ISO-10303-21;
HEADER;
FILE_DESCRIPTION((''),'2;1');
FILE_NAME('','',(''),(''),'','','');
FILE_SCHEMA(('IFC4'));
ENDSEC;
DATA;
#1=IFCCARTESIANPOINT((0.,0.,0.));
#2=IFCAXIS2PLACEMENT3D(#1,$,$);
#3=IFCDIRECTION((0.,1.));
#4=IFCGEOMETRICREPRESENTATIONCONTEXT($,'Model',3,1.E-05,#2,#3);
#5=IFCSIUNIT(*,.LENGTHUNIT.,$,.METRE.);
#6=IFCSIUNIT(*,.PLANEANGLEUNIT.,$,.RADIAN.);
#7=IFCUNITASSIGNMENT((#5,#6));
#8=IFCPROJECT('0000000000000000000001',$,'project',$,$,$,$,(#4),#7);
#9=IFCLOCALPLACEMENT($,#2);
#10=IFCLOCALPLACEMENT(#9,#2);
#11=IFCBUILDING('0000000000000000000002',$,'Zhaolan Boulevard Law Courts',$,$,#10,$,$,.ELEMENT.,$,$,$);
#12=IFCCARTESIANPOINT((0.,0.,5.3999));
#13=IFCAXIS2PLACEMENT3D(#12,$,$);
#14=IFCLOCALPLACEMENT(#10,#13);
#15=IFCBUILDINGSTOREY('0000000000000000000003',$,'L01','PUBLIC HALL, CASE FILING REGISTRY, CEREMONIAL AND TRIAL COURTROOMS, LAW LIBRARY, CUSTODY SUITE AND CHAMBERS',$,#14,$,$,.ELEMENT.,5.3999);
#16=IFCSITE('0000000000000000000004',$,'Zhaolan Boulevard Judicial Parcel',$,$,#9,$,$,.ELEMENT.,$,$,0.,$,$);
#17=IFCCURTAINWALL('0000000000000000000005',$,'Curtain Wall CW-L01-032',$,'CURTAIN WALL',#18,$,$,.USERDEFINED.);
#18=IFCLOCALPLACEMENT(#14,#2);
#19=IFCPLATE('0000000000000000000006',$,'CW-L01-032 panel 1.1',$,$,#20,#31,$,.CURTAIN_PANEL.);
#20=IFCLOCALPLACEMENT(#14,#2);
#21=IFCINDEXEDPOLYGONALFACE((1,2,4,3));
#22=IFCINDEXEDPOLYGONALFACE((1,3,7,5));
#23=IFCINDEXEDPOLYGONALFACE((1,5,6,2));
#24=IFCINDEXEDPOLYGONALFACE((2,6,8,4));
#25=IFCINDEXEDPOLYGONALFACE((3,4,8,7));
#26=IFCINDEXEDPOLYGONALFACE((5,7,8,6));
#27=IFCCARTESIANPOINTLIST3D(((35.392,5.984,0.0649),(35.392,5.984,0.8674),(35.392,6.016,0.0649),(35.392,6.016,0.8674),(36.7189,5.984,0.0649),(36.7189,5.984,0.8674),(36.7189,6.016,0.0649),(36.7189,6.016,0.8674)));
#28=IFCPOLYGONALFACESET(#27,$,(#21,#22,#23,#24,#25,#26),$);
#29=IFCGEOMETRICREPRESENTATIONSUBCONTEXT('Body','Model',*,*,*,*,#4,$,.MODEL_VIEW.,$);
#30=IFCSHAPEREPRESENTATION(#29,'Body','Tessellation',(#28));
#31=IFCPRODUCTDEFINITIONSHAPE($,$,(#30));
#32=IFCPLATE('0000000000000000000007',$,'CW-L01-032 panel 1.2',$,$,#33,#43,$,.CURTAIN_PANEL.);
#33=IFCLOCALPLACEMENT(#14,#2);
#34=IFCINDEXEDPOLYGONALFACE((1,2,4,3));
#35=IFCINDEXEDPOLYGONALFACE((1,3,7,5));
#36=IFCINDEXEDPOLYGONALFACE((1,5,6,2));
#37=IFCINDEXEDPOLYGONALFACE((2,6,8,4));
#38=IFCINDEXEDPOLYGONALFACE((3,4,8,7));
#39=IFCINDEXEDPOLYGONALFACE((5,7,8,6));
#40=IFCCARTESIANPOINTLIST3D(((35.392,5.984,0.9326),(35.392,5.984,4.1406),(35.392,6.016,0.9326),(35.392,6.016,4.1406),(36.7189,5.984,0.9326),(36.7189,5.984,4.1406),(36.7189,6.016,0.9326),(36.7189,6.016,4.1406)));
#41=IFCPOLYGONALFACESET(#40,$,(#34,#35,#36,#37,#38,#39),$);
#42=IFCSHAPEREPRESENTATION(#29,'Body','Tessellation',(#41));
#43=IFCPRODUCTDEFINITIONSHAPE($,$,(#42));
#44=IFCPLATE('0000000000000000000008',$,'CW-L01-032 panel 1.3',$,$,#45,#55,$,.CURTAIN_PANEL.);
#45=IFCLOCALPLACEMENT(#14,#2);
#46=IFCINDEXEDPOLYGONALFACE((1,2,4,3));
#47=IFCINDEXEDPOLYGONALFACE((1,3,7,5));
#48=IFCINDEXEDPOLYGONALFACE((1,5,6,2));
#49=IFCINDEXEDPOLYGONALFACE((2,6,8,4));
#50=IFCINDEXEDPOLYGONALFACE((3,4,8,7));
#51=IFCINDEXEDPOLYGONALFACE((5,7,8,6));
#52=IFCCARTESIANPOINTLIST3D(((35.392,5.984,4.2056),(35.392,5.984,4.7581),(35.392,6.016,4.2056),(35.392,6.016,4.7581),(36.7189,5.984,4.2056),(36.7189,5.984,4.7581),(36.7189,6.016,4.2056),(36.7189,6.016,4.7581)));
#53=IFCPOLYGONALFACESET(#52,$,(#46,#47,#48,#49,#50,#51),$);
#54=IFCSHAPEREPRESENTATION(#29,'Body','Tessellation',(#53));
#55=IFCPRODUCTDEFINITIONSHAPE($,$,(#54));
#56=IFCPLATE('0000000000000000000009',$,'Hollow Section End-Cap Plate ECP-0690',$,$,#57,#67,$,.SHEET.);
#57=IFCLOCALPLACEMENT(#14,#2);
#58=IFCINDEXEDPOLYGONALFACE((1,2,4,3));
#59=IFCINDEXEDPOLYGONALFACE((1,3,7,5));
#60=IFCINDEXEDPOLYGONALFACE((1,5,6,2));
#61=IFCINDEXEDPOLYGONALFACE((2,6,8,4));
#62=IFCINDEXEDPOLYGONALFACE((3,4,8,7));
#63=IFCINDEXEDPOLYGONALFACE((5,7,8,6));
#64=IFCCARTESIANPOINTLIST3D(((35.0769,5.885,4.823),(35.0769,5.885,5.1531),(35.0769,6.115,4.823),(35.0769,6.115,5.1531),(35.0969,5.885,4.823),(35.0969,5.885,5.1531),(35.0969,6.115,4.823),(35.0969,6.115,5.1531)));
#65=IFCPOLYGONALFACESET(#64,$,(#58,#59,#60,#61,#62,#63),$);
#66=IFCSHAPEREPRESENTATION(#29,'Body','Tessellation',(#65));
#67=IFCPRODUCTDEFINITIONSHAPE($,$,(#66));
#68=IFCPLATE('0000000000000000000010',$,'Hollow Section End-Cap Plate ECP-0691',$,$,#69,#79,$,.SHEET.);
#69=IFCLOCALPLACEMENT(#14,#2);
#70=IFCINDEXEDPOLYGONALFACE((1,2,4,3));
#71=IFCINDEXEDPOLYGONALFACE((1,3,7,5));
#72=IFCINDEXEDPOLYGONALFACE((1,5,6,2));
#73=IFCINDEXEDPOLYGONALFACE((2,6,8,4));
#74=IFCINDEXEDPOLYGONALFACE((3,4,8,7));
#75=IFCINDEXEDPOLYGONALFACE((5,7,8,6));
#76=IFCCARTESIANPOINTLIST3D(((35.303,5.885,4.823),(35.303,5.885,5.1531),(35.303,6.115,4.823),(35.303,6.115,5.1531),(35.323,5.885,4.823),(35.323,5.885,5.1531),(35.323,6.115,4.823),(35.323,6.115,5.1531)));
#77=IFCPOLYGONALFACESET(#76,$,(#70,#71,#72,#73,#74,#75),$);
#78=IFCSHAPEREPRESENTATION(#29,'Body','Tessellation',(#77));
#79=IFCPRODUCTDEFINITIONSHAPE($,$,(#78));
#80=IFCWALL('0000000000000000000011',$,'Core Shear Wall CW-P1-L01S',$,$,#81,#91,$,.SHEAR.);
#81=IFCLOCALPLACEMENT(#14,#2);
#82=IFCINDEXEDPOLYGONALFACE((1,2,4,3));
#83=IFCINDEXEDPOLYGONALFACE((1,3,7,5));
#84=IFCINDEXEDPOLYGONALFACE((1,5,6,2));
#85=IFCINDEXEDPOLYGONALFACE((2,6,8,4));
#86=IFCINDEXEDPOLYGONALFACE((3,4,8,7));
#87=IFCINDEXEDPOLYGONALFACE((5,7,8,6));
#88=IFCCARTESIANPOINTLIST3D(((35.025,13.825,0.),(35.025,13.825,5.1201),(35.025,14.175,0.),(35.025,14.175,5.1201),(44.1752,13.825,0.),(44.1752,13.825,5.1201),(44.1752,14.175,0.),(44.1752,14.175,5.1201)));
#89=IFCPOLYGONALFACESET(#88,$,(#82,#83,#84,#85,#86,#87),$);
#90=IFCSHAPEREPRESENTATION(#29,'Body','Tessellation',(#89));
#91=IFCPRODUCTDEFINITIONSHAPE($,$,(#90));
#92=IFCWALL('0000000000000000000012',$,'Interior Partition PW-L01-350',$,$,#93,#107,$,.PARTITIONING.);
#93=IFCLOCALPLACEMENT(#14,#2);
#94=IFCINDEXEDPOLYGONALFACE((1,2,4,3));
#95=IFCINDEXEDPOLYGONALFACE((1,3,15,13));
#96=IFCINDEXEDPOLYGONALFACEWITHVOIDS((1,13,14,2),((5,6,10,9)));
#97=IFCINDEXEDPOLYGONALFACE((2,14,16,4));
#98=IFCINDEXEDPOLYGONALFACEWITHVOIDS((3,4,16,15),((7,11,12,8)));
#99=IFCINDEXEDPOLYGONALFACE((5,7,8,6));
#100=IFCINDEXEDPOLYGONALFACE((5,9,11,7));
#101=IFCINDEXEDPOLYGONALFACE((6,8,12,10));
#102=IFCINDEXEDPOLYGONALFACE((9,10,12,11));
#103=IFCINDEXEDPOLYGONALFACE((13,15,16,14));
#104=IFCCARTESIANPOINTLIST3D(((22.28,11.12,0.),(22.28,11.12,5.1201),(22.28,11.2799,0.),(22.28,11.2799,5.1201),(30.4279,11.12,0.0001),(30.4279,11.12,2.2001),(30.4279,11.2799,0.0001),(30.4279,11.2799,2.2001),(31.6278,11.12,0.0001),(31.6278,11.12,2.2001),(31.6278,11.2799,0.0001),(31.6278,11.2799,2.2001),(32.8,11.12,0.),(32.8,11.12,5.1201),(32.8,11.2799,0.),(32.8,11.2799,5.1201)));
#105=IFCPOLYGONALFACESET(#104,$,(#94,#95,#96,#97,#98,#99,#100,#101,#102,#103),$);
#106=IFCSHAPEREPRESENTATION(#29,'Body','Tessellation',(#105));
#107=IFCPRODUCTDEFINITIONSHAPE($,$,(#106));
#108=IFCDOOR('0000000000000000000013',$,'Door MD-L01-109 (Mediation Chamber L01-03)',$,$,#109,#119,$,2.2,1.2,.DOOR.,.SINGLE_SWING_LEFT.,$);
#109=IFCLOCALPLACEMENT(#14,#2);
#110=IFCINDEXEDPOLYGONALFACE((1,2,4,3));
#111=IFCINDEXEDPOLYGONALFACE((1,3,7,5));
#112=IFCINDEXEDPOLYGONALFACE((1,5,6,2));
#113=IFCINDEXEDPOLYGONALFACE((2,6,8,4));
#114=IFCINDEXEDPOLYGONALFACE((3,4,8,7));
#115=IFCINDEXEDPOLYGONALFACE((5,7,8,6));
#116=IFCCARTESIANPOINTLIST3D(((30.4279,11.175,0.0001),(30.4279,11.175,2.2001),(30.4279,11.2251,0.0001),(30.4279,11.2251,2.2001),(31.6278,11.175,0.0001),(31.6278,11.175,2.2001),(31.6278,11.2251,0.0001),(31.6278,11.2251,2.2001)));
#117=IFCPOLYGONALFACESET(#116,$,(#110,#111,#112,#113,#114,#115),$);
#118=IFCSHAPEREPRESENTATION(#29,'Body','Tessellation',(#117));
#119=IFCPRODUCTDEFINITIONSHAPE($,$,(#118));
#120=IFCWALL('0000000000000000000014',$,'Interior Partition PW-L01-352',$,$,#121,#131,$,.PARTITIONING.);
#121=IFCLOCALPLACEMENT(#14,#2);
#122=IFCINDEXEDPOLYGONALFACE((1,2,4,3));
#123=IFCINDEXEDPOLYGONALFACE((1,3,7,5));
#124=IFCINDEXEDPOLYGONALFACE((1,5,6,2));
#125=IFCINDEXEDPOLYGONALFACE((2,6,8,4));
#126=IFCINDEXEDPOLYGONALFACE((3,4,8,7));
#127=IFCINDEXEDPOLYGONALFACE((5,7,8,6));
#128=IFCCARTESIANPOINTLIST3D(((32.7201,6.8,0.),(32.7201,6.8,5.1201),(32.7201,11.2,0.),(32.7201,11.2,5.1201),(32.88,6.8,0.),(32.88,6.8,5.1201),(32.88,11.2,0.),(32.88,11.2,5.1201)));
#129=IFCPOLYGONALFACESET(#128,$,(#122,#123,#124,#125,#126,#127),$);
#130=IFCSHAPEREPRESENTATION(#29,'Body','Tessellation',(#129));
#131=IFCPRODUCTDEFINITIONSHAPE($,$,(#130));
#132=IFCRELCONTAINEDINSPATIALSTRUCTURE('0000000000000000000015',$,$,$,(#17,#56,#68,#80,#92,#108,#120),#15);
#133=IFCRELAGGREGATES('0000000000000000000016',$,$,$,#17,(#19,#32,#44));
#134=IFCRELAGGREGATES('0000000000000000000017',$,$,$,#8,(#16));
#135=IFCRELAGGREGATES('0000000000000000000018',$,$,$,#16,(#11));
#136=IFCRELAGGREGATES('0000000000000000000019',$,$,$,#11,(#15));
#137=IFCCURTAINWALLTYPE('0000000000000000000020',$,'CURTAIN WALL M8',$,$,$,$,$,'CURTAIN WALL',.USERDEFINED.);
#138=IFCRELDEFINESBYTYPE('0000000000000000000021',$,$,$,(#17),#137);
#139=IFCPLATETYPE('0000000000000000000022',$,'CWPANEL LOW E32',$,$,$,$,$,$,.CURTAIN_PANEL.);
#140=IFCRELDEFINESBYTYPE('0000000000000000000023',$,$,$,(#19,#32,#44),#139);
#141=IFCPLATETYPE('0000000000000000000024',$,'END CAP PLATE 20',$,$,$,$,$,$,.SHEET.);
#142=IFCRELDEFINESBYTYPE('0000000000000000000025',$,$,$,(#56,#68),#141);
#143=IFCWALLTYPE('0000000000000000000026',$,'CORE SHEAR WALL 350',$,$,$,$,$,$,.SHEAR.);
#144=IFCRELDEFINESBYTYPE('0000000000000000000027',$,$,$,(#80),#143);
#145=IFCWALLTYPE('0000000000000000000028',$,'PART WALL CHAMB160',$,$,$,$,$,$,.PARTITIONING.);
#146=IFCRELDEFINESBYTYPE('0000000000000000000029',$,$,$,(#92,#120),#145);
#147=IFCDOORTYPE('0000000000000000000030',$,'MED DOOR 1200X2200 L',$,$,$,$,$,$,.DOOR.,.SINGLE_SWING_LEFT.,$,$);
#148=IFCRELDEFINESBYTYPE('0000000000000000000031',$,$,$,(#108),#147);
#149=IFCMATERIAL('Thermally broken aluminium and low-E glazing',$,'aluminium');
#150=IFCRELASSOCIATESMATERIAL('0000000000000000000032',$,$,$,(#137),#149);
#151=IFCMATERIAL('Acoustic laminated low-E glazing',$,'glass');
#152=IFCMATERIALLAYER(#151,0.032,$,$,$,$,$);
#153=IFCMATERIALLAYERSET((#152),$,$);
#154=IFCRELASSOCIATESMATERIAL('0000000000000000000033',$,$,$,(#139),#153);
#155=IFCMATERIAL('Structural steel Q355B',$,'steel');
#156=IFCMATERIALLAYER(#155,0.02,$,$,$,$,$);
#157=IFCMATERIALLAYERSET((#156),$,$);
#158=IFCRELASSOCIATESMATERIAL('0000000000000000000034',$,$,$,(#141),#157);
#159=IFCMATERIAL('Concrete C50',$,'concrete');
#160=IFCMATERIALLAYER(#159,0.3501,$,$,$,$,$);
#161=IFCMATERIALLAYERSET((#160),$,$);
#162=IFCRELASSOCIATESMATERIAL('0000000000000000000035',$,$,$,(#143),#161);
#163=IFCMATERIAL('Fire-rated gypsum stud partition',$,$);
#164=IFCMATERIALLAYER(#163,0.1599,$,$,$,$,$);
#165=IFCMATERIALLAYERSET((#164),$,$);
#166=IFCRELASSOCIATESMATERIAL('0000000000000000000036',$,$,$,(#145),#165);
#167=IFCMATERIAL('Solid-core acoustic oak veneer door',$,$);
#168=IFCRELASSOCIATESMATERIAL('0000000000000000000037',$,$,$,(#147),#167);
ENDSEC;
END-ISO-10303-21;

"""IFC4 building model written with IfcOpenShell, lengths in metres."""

from ifc_helpers import new_model, si_unit, direction, frame, frame_2d, origin, origin_2d, place, context, subcontext, project, spatial, rectangle, extrude, material, layer, layer_set, type_object, element, fill, aggregate, save


model = new_model("IFC4")

# Units and contexts
model_context = context("Model", 3, precision=1e-05, world=origin(), true_north=direction((0.0, 1.0)))
body_context = subcontext(model_context, "Body", "Model", "MODEL_VIEW")
ifc_project = project(units=[si_unit("LENGTHUNIT", "METRE"), si_unit("PLANEANGLEUNIT", "RADIAN")], contexts=[model_context])

# Site, building, storey
site_placement = place(None, origin())
site = spatial("IfcSite", under=ifc_project, at=site_placement, Name="Zhaolan Boulevard Judicial Parcel", CompositionType="ELEMENT", RefElevation=0.0)
building_placement = place(site_placement, origin())
building = spatial("IfcBuilding", under=site, at=building_placement, Name="Zhaolan Boulevard Law Courts", CompositionType="ELEMENT")
storey_placement = place(building_placement, frame((0.0, 0.0, 5.3999)))
storey = spatial("IfcBuildingStorey", under=building, at=storey_placement, Name="L01", Description="PUBLIC HALL, CASE FILING REGISTRY, CEREMONIAL AND TRIAL COURTROOMS, LAW LIBRARY, CUSTODY SUITE AND CHAMBERS", CompositionType="ELEMENT", Elevation=5.3999)

# Curtain wall
ifc_material_1 = material(Name="Thermally broken aluminium and low-E glazing", Category="aluminium")
curtain_wall_type_1 = type_object("IfcCurtainWallType", Name="CURTAIN WALL M8", ElementType="CURTAIN WALL", PredefinedType="USERDEFINED", material=ifc_material_1)
curtain_wall_1_placement = place(storey_placement, origin())
curtain_wall_1 = element("IfcCurtainWall", 1, at=curtain_wall_1_placement, inside=storey, type_object=curtain_wall_type_1, Name="Curtain Wall CW-L01-032", ObjectType="CURTAIN WALL", PredefinedType="USERDEFINED")

# Plates
ifc_material_2 = material(Name="Acoustic laminated low-E glazing", Category="glass")
ifc_layer_1 = layer(ifc_material_2, 0.032)
ifc_layer_set_1 = layer_set([ifc_layer_1])
plate_type_1 = type_object("IfcPlateType", Name="CWPANEL LOW E32", PredefinedType="CURTAIN_PANEL", material=ifc_layer_set_1)
plate_1_placement = place(storey_placement, frame((36.0554, 6.0, 0.0649), z_axis=(0.0, 0.0, 1.0), x_axis=(1.0, 0.0, 0.0)))
plate_1 = element("IfcPlate", 2, at=plate_1_placement, type_object=plate_type_1, Name="CW-L01-032 panel 1.1", PredefinedType="CURTAIN_PANEL", context=body_context, shape_type="SweptSolid", body=[
    extrude(rectangle(XDim=1.3269, YDim=0.032, at=origin_2d()), origin(), (0.0, 0.0, 1.0), 0.8025),
])
plate_2_placement = place(storey_placement, frame((36.0554, 6.0, 0.9326), z_axis=(0.0, 0.0, 1.0), x_axis=(1.0, 0.0, 0.0)))
plate_2 = element("IfcPlate", 3, at=plate_2_placement, type_object=plate_type_1, Name="CW-L01-032 panel 1.2", PredefinedType="CURTAIN_PANEL", context=body_context, shape_type="SweptSolid", body=[
    extrude(rectangle(XDim=1.3269, YDim=0.032, at=origin_2d()), origin(), (0.0, 0.0, 1.0), 3.208),
])
plate_3_placement = place(storey_placement, frame((36.0554, 6.0, 4.2056), z_axis=(0.0, 0.0, 1.0), x_axis=(1.0, 0.0, 0.0)))
plate_3 = element("IfcPlate", 4, at=plate_3_placement, type_object=plate_type_1, Name="CW-L01-032 panel 1.3", PredefinedType="CURTAIN_PANEL", context=body_context, shape_type="SweptSolid", body=[
    extrude(rectangle(XDim=1.3269, YDim=0.032, at=origin_2d()), origin(), (0.0, 0.0, 1.0), 0.5525),
])
aggregate(curtain_wall_1, [plate_1, plate_2, plate_3])

# Plates
ifc_material_3 = material(Name="Structural steel Q355B", Category="steel")
ifc_layer_2 = layer(ifc_material_3, 0.02)
ifc_layer_set_2 = layer_set([ifc_layer_2])
plate_type_2 = type_object("IfcPlateType", Name="END CAP PLATE 20", PredefinedType="SHEET", material=ifc_layer_set_2)
for number, where, z_axis, x_axis, name in (
    (5, (35.0869, 6.0, 4.823), (0.0, 0.0, 1.0), (1.0, 0.0, 0.0), "Hollow Section End-Cap Plate ECP-0690"),
    (6, (35.313, 6.0, 4.823), (0.0, 0.0, 1.0), (1.0, 0.0, 0.0), "Hollow Section End-Cap Plate ECP-0691"),
):
    element("IfcPlate", number, at=place(storey_placement, frame(where, z_axis=z_axis, x_axis=x_axis)), inside=storey, type_object=plate_type_2, Name=name, PredefinedType="SHEET", context=body_context, shape_type="SweptSolid", body=[
        extrude(rectangle(XDim=0.02, YDim=0.23, at=origin_2d()), origin(), (0.0, 0.0, 1.0), 0.3301),
    ])

# Wall
ifc_material_4 = material(Name="Concrete C50", Category="concrete")
ifc_layer_3 = layer(ifc_material_4, 0.3501)
ifc_layer_set_3 = layer_set([ifc_layer_3])
wall_type_1 = type_object("IfcWallType", Name="CORE SHEAR WALL 350", PredefinedType="SHEAR", material=ifc_layer_set_3)
wall_1_placement = place(storey_placement, frame((35.0249, 14.0, 0.0), z_axis=(0.0, 0.0, 1.0), x_axis=(1.0, 0.0, 0.0)))
element("IfcWall", 7, at=wall_1_placement, inside=storey, type_object=wall_type_1, Name="Core Shear Wall CW-P1-L01S", PredefinedType="SHEAR", context=body_context, shape_type="SweptSolid", body=[
    extrude(rectangle(XDim=9.1501, YDim=0.3501, at=frame_2d((4.5752, 0.0))), origin(), (0.0, 0.0, 1.0), 5.1201),
])

# Wall, opening, door
ifc_material_5 = material(Name="Fire-rated gypsum stud partition")
ifc_layer_4 = layer(ifc_material_5, 0.1599)
ifc_layer_set_4 = layer_set([ifc_layer_4])
wall_type_2 = type_object("IfcWallType", Name="PART WALL CHAMB160", PredefinedType="PARTITIONING", material=ifc_layer_set_4)
wall_2_placement = place(storey_placement, frame((32.8, 11.2, 0.0), z_axis=(0.0, 0.0, 1.0), x_axis=(-1.0, 0.0, 0.0)))
wall_2 = element("IfcWall", 8, at=wall_2_placement, inside=storey, type_object=wall_type_2, Name="Interior Partition PW-L01-350", PredefinedType="PARTITIONING", context=body_context, shape_type="SweptSolid", body=[
    extrude(rectangle(XDim=10.52, YDim=0.1599, at=frame_2d((5.26, 0.0))), origin(), (0.0, 0.0, 1.0), 5.1201),
])
opening_placement = place(wall_2_placement, frame((1.1721, 0.0, 0.0)))
opening = element("IfcOpeningElement", 9, at=opening_placement, cuts=wall_2, PredefinedType="OPENING", context=body_context, shape_type="SweptSolid", body=[
    extrude(rectangle(XDim=1.2, YDim=2.2, at=frame_2d((0.6001, 1.1001))), frame((0.0, 0.0898, 0.0), z_axis=(0.0, -1.0, 0.0), x_axis=(1.0, 0.0, 0.0)), (0.0, 0.0, 1.0), 0.1799),
])
ifc_material_6 = material(Name="Solid-core acoustic oak veneer door")
door_type = type_object("IfcDoorType", Name="MED DOOR 1200X2200 L", OperationType="SINGLE_SWING_LEFT", PredefinedType="DOOR", material=ifc_material_6)
door_placement = place(opening_placement, origin())
door = element("IfcDoor", 10, at=door_placement, inside=storey, type_object=door_type, Name="Door MD-L01-109 (Mediation Chamber L01-03)", OperationType="SINGLE_SWING_LEFT", OverallHeight=2.2, OverallWidth=1.2, PredefinedType="DOOR", context=body_context, shape_type="SweptSolid", body=[
    extrude(rectangle(XDim=1.2, YDim=2.2, at=frame_2d((0.6001, 1.1001))), frame((0.0, 0.0249, 0.0), z_axis=(0.0, -1.0, 0.0), x_axis=(1.0, 0.0, 0.0)), (0.0, 0.0, 1.0), 0.05),
])
fill(opening, door)

# Wall
wall_3_placement = place(storey_placement, frame((32.8, 6.8, 0.0), z_axis=(0.0, 0.0, 1.0), x_axis=(0.0, 1.0, 0.0)))
element("IfcWall", 11, at=wall_3_placement, inside=storey, type_object=wall_type_2, Name="Interior Partition PW-L01-352", PredefinedType="PARTITIONING", context=body_context, shape_type="SweptSolid", body=[
    extrude(rectangle(XDim=4.3999, YDim=0.1599, at=frame_2d((2.2, 0.0))), origin(), (0.0, 0.0, 1.0), 5.1201),
])

save(model, "model.ifc")
